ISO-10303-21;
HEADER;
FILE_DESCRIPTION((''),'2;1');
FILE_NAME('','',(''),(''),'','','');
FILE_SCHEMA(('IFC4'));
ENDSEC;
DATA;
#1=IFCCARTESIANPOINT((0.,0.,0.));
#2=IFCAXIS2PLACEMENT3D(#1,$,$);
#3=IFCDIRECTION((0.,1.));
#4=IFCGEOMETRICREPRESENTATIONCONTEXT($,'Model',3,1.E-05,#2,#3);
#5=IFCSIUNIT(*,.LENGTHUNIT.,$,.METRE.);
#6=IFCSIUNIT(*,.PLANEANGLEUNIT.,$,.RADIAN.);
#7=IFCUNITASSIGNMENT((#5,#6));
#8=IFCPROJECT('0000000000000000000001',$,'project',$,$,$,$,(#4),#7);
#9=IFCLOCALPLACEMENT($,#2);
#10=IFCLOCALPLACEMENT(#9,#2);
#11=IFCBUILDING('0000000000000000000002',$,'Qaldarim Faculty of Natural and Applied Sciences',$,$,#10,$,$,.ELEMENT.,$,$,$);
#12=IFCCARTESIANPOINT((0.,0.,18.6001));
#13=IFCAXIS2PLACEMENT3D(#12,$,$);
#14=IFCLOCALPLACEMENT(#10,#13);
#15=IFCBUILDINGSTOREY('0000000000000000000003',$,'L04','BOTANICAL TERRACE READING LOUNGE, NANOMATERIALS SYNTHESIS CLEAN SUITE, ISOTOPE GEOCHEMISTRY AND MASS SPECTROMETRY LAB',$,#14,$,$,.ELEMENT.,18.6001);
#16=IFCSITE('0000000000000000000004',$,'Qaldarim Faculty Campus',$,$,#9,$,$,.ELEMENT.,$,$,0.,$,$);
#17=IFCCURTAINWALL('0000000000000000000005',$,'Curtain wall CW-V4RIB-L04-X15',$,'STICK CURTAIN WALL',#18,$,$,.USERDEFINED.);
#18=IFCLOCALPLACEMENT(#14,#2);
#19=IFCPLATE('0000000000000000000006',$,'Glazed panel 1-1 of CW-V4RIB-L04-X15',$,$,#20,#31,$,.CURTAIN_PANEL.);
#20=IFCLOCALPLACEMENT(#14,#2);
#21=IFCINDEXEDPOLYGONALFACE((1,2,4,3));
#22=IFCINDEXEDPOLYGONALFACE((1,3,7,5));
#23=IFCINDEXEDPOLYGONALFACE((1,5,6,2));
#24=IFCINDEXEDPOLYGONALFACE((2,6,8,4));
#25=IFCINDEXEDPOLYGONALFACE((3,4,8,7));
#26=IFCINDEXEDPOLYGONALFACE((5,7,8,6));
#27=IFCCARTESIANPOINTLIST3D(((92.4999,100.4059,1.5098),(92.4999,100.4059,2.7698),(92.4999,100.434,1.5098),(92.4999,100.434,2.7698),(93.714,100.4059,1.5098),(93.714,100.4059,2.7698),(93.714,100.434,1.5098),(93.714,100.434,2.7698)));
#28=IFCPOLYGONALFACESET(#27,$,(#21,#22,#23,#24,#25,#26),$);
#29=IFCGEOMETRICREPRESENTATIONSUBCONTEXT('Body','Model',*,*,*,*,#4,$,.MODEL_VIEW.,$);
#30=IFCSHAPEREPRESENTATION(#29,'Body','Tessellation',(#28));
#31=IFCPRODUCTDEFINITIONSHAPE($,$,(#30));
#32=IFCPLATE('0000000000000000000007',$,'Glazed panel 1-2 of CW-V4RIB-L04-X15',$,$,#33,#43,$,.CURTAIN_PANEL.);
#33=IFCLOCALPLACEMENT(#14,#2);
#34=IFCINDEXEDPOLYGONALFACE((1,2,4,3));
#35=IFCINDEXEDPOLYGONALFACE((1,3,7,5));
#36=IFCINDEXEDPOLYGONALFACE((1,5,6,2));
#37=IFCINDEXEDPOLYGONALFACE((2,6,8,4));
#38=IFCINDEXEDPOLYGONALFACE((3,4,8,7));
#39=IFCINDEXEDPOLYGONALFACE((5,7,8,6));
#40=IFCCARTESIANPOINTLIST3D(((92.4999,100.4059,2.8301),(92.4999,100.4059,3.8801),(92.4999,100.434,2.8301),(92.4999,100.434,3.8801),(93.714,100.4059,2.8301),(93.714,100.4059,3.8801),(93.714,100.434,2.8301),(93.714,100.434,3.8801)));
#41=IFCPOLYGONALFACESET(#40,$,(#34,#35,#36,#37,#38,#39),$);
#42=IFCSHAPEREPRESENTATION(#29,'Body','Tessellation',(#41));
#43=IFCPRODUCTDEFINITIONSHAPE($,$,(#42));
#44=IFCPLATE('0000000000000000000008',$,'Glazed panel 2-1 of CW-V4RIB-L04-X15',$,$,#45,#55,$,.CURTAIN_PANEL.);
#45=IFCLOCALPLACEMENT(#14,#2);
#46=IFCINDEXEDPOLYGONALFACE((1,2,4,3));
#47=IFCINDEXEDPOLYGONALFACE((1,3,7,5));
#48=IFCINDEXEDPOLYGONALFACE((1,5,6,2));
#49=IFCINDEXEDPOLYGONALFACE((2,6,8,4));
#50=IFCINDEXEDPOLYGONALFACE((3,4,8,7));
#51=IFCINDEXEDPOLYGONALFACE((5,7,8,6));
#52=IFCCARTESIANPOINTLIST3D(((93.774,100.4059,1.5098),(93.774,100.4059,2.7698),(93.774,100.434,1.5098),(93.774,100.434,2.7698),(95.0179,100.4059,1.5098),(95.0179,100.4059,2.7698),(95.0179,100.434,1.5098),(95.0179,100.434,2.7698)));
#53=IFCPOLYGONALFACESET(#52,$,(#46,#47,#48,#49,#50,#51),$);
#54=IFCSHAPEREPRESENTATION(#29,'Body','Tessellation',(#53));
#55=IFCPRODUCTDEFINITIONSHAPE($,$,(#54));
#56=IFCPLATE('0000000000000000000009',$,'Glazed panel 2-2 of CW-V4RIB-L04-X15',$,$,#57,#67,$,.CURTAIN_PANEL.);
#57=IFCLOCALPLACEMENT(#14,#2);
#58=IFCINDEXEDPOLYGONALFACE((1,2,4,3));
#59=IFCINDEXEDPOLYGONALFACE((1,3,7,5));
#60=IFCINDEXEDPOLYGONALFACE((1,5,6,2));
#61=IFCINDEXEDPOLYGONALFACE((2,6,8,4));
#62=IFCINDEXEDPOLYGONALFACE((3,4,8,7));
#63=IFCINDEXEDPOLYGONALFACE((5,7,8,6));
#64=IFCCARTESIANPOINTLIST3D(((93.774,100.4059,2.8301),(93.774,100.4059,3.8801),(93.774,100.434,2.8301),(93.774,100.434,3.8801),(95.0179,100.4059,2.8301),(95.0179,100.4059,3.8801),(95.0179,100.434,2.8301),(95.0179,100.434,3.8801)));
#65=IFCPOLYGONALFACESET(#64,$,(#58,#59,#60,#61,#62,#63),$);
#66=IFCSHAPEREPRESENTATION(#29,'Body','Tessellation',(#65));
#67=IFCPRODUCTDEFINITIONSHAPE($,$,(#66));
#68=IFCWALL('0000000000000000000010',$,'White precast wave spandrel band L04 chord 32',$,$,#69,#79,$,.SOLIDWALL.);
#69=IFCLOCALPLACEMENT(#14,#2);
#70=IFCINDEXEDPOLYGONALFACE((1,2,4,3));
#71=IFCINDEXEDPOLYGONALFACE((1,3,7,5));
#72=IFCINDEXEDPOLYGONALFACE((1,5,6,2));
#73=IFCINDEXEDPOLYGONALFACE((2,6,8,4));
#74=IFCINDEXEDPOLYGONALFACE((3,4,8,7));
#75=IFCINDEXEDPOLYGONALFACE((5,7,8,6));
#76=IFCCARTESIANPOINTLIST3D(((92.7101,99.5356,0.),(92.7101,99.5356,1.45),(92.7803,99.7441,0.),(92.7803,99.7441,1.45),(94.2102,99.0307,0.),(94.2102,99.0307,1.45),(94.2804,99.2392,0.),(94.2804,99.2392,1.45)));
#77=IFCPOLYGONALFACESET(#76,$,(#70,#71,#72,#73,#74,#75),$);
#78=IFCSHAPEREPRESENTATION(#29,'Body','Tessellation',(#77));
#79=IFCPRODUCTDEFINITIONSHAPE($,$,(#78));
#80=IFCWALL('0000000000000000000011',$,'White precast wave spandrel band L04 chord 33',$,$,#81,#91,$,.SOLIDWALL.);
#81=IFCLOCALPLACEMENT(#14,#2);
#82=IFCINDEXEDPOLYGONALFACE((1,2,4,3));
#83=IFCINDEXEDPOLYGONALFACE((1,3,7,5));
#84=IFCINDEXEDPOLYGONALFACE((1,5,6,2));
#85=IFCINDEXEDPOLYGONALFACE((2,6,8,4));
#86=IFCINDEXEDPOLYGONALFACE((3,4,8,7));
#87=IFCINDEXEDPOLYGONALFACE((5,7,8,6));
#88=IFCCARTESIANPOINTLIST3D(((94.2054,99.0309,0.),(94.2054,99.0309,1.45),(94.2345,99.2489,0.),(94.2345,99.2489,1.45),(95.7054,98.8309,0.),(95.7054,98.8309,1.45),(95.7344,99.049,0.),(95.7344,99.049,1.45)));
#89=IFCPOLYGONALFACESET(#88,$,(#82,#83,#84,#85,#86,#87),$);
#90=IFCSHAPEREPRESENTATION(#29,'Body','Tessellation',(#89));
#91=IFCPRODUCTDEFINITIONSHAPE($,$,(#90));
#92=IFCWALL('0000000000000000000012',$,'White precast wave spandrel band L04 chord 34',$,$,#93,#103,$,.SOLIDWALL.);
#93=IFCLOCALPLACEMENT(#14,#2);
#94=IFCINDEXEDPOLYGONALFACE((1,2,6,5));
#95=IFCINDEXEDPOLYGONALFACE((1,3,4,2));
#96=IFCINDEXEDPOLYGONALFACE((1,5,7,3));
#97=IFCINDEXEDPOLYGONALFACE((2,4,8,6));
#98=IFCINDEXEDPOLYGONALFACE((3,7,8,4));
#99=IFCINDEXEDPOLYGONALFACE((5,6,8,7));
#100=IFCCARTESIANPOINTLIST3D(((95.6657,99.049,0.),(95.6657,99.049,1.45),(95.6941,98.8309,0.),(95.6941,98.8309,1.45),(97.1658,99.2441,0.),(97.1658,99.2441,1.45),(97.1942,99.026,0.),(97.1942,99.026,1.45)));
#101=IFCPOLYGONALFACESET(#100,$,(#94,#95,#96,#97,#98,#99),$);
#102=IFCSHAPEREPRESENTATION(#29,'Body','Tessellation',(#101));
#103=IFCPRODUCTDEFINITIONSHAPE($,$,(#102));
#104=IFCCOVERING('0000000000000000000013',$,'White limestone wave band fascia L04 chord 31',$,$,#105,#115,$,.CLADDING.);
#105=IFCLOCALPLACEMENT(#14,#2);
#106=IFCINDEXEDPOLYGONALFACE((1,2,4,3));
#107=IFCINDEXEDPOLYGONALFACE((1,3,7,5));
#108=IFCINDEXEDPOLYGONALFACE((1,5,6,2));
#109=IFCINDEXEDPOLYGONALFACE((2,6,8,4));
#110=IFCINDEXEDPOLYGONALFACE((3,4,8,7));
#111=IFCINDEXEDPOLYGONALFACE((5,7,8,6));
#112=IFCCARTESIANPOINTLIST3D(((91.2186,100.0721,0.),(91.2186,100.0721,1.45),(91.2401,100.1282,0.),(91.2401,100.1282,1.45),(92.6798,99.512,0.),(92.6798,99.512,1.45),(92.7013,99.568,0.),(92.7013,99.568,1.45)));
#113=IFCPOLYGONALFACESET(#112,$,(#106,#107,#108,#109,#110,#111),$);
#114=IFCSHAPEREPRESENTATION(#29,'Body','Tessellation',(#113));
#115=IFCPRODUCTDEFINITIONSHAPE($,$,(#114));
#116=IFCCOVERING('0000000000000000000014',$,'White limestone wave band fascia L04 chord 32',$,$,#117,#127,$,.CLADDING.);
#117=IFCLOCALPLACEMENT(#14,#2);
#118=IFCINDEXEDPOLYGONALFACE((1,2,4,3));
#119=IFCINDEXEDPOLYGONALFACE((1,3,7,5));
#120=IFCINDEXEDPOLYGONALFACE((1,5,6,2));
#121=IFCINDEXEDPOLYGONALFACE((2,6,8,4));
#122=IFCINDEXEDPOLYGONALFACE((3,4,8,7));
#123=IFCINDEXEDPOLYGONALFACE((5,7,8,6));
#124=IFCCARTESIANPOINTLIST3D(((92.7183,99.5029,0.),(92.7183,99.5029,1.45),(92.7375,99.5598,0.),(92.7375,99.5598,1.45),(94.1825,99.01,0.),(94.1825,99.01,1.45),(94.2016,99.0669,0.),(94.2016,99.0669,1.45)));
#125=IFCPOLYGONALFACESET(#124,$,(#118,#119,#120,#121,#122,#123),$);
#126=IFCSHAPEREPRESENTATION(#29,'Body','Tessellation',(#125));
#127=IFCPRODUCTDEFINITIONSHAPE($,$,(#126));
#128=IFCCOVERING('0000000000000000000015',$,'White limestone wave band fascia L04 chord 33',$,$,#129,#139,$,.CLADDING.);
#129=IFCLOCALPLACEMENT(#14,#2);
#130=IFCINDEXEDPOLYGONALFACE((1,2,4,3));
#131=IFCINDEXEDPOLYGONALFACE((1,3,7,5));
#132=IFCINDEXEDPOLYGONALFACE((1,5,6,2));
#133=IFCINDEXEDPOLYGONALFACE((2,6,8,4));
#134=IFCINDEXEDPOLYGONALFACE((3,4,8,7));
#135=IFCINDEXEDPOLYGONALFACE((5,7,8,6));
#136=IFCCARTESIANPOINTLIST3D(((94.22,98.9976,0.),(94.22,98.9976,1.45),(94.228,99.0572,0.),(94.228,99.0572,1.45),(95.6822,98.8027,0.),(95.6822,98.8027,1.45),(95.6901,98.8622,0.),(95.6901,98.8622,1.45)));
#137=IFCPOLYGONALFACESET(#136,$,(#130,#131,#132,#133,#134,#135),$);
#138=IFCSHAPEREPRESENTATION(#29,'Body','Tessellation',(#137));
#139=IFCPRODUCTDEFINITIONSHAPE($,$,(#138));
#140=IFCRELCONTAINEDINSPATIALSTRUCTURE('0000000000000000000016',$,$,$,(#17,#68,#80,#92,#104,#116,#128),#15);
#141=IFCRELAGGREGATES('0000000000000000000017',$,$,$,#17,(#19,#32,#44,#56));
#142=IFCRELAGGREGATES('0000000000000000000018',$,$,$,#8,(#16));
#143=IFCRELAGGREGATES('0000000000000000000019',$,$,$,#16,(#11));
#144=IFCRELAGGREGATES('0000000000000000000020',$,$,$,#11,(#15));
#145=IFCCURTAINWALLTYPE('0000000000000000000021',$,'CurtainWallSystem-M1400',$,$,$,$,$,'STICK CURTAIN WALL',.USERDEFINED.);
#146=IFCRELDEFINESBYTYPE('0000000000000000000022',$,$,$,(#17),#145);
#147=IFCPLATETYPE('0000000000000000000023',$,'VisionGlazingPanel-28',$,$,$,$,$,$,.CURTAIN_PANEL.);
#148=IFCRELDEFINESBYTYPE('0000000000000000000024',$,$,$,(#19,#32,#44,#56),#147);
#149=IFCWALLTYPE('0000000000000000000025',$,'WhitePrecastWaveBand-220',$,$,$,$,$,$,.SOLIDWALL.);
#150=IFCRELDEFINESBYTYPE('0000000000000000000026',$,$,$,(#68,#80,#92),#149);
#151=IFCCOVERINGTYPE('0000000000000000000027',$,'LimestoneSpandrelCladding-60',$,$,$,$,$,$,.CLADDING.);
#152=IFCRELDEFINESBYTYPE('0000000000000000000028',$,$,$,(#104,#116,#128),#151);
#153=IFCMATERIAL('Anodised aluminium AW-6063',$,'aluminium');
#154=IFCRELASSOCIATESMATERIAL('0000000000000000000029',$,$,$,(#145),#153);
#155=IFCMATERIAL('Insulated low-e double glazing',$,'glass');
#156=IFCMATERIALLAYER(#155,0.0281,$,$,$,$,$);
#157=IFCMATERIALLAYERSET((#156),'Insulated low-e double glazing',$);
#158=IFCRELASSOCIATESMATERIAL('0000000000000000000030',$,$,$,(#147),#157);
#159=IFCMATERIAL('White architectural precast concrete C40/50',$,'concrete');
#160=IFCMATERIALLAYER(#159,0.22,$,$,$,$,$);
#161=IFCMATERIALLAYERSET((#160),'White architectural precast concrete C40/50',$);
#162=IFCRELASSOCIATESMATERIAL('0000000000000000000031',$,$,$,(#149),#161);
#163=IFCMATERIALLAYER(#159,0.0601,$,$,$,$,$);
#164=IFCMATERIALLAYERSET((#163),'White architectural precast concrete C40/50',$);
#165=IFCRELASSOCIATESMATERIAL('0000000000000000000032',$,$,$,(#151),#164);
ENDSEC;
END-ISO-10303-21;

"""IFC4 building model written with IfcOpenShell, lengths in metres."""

from ifc_helpers import new_model, si_unit, direction, frame, frame_2d, origin, origin_2d, place, context, subcontext, project, spatial, rectangle, extrude, material, layer, layer_set, type_object, element, aggregate, save


model = new_model("IFC4")

# Units and contexts
model_context = context("Model", 3, precision=1e-05, world=origin(), true_north=direction((0.0, 1.0)))
body_context = subcontext(model_context, "Body", "Model", "MODEL_VIEW")
ifc_project = project(units=[si_unit("LENGTHUNIT", "METRE"), si_unit("PLANEANGLEUNIT", "RADIAN")], contexts=[model_context])

# Site, building, storey
site_placement = place(None, origin())
site = spatial("IfcSite", under=ifc_project, at=site_placement, Name="Qaldarim Faculty Campus", CompositionType="ELEMENT", RefElevation=0.0)
building_placement = place(site_placement, origin())
building = spatial("IfcBuilding", under=site, at=building_placement, Name="Qaldarim Faculty of Natural and Applied Sciences", CompositionType="ELEMENT")
storey_placement = place(building_placement, frame((0.0, 0.0, 18.6001)))
storey = spatial("IfcBuildingStorey", under=building, at=storey_placement, Name="L04", Description="BOTANICAL TERRACE READING LOUNGE, NANOMATERIALS SYNTHESIS CLEAN SUITE, ISOTOPE GEOCHEMISTRY AND MASS SPECTROMETRY LAB", CompositionType="ELEMENT", Elevation=18.6001)

# Shared definitions
ifc_material_1 = material(Name="Anodised aluminium AW-6063", Category="aluminium")
curtain_wall_type = type_object("IfcCurtainWallType", Name="CurtainWallSystem-M1400", ElementType="STICK CURTAIN WALL", PredefinedType="USERDEFINED", material=ifc_material_1)

# Curtain wall
curtain_wall_1_placement = place(storey_placement, origin())
curtain_wall_1 = element("IfcCurtainWall", 1, at=curtain_wall_1_placement, inside=storey, type_object=curtain_wall_type, Name="Curtain wall CW-V4RIB-L04-X15", ObjectType="STICK CURTAIN WALL", PredefinedType="USERDEFINED")

# Plates
ifc_material_2 = material(Name="Insulated low-e double glazing", Category="glass")
ifc_layer_1 = layer(ifc_material_2, 0.0281)
ifc_layer_set_1 = layer_set([ifc_layer_1], Name="Insulated low-e double glazing")
plate_type = type_object("IfcPlateType", Name="VisionGlazingPanel-28", PredefinedType="CURTAIN_PANEL", material=ifc_layer_set_1)
plate_1_placement = place(storey_placement, frame((93.1069, 100.4199, 1.5098), z_axis=(0.0, 0.0, 1.0), x_axis=(1.0, 0.0, 0.0)))
plate_1 = element("IfcPlate", 2, at=plate_1_placement, type_object=plate_type, Name="Glazed panel 1-1 of CW-V4RIB-L04-X15", PredefinedType="CURTAIN_PANEL", context=body_context, shape_type="SweptSolid", body=[
    extrude(rectangle(XDim=1.2141, YDim=0.0281, at=origin_2d()), origin(), (0.0, 0.0, 1.0), 1.26),
])
plate_2_placement = place(storey_placement, frame((93.1069, 100.4199, 2.8301), z_axis=(0.0, 0.0, 1.0), x_axis=(1.0, 0.0, 0.0)))
plate_2 = element("IfcPlate", 3, at=plate_2_placement, type_object=plate_type, Name="Glazed panel 1-2 of CW-V4RIB-L04-X15", PredefinedType="CURTAIN_PANEL", context=body_context, shape_type="SweptSolid", body=[
    extrude(rectangle(XDim=1.2141, YDim=0.0281, at=origin_2d()), origin(), (0.0, 0.0, 1.0), 1.05),
])
plate_3_placement = place(storey_placement, frame((94.396, 100.4199, 1.5098), z_axis=(0.0, 0.0, 1.0), x_axis=(1.0, 0.0, 0.0)))
plate_3 = element("IfcPlate", 4, at=plate_3_placement, type_object=plate_type, Name="Glazed panel 2-1 of CW-V4RIB-L04-X15", PredefinedType="CURTAIN_PANEL", context=body_context, shape_type="SweptSolid", body=[
    extrude(rectangle(XDim=1.2439, YDim=0.0281, at=origin_2d()), origin(), (0.0, 0.0, 1.0), 1.26),
])
plate_4_placement = place(storey_placement, frame((94.396, 100.4199, 2.8301), z_axis=(0.0, 0.0, 1.0), x_axis=(1.0, 0.0, 0.0)))
plate_4 = element("IfcPlate", 5, at=plate_4_placement, type_object=plate_type, Name="Glazed panel 2-2 of CW-V4RIB-L04-X15", PredefinedType="CURTAIN_PANEL", context=body_context, shape_type="SweptSolid", body=[
    extrude(rectangle(XDim=1.2439, YDim=0.0281, at=origin_2d()), origin(), (0.0, 0.0, 1.0), 1.05),
])
aggregate(curtain_wall_1, [plate_1, plate_2, plate_3, plate_4])

# Walls
ifc_material_3 = material(Name="White architectural precast concrete C40/50", Category="concrete")
ifc_layer_2 = layer(ifc_material_3, 0.22)
ifc_layer_set_2 = layer_set([ifc_layer_2], Name="White architectural precast concrete C40/50")
wall_type = type_object("IfcWallType", Name="WhitePrecastWaveBand-220", PredefinedType="SOLIDWALL", material=ifc_layer_set_2)
wall_1_placement = place(storey_placement, frame((92.7451, 99.6399, 0.0), z_axis=(0.0, 0.0, 1.0), x_axis=(0.947754, -0.319003, 0.0)))
element("IfcWall", 6, at=wall_1_placement, inside=storey, type_object=wall_type, Name="White precast wave spandrel band L04 chord 32", PredefinedType="SOLIDWALL", context=body_context, shape_type="SweptSolid", body=[
    extrude(rectangle(XDim=1.5828, YDim=0.22, at=frame_2d((0.7915, 0.0))), origin(), (0.0, 0.0, 1.0), 1.45),
])
wall_2_placement = place(storey_placement, frame((94.22, 99.1399, 0.0), z_axis=(0.0, 0.0, 1.0), x_axis=(0.991232, -0.132132, 0.0)))
element("IfcWall", 7, at=wall_2_placement, inside=storey, type_object=wall_type, Name="White precast wave spandrel band L04 chord 33", PredefinedType="SOLIDWALL", context=body_context, shape_type="SweptSolid", body=[
    extrude(rectangle(XDim=1.5132, YDim=0.22, at=frame_2d((0.7566, 0.0))), origin(), (0.0, 0.0, 1.0), 1.45),
])
wall_3_placement = place(storey_placement, frame((95.6799, 98.9399, 0.0), z_axis=(0.0, 0.0, 1.0), x_axis=(0.99165, 0.12896, 0.0)))
element("IfcWall", 8, at=wall_3_placement, inside=storey, type_object=wall_type, Name="White precast wave spandrel band L04 chord 34", PredefinedType="SOLIDWALL", context=body_context, shape_type="SweptSolid", body=[
    extrude(rectangle(XDim=1.5127, YDim=0.22, at=frame_2d((0.7563, 0.0))), origin(), (0.0, 0.0, 1.0), 1.45),
])

# Coverings
ifc_layer_3 = layer(ifc_material_3, 0.0601)
ifc_layer_set_3 = layer_set([ifc_layer_3], Name="White architectural precast concrete C40/50")
covering_type = type_object("IfcCoveringType", Name="LimestoneSpandrelCladding-60", PredefinedType="CLADDING", material=ifc_layer_set_3)
covering_1_placement = place(storey_placement, frame((91.96, 99.8201, 0.0), z_axis=(0.0, 0.0, 1.0), x_axis=(0.933749, -0.357928, 0.0)))
element("IfcCovering", 9, at=covering_1_placement, inside=storey, type_object=covering_type, Name="White limestone wave band fascia L04 chord 31", PredefinedType="CLADDING", context=body_context, shape_type="SweptSolid", body=[
    extrude(rectangle(XDim=1.5649, YDim=0.0601, at=origin_2d()), origin(), (0.0, 0.0, 1.0), 1.45),
])
covering_2_placement = place(storey_placement, frame((93.46, 99.2849, 0.0), z_axis=(0.0, 0.0, 1.0), x_axis=(0.947729, -0.319075, 0.0)))
element("IfcCovering", 10, at=covering_2_placement, inside=storey, type_object=covering_type, Name="White limestone wave band fascia L04 chord 32", PredefinedType="CLADDING", context=body_context, shape_type="SweptSolid", body=[
    extrude(rectangle(XDim=1.5449, YDim=0.0601, at=origin_2d()), origin(), (0.0, 0.0, 1.0), 1.45),
])
covering_3_placement = place(storey_placement, frame((94.9551, 98.9299, 0.0), z_axis=(0.0, 0.0, 1.0), x_axis=(0.991227, -0.13217, 0.0)))
element("IfcCovering", 11, at=covering_3_placement, inside=storey, type_object=covering_type, Name="White limestone wave band fascia L04 chord 33", PredefinedType="CLADDING", context=body_context, shape_type="SweptSolid", body=[
    extrude(rectangle(XDim=1.4751, YDim=0.0601, at=origin_2d()), origin(), (0.0, 0.0, 1.0), 1.45),
])

save(model, "model.ifc")
